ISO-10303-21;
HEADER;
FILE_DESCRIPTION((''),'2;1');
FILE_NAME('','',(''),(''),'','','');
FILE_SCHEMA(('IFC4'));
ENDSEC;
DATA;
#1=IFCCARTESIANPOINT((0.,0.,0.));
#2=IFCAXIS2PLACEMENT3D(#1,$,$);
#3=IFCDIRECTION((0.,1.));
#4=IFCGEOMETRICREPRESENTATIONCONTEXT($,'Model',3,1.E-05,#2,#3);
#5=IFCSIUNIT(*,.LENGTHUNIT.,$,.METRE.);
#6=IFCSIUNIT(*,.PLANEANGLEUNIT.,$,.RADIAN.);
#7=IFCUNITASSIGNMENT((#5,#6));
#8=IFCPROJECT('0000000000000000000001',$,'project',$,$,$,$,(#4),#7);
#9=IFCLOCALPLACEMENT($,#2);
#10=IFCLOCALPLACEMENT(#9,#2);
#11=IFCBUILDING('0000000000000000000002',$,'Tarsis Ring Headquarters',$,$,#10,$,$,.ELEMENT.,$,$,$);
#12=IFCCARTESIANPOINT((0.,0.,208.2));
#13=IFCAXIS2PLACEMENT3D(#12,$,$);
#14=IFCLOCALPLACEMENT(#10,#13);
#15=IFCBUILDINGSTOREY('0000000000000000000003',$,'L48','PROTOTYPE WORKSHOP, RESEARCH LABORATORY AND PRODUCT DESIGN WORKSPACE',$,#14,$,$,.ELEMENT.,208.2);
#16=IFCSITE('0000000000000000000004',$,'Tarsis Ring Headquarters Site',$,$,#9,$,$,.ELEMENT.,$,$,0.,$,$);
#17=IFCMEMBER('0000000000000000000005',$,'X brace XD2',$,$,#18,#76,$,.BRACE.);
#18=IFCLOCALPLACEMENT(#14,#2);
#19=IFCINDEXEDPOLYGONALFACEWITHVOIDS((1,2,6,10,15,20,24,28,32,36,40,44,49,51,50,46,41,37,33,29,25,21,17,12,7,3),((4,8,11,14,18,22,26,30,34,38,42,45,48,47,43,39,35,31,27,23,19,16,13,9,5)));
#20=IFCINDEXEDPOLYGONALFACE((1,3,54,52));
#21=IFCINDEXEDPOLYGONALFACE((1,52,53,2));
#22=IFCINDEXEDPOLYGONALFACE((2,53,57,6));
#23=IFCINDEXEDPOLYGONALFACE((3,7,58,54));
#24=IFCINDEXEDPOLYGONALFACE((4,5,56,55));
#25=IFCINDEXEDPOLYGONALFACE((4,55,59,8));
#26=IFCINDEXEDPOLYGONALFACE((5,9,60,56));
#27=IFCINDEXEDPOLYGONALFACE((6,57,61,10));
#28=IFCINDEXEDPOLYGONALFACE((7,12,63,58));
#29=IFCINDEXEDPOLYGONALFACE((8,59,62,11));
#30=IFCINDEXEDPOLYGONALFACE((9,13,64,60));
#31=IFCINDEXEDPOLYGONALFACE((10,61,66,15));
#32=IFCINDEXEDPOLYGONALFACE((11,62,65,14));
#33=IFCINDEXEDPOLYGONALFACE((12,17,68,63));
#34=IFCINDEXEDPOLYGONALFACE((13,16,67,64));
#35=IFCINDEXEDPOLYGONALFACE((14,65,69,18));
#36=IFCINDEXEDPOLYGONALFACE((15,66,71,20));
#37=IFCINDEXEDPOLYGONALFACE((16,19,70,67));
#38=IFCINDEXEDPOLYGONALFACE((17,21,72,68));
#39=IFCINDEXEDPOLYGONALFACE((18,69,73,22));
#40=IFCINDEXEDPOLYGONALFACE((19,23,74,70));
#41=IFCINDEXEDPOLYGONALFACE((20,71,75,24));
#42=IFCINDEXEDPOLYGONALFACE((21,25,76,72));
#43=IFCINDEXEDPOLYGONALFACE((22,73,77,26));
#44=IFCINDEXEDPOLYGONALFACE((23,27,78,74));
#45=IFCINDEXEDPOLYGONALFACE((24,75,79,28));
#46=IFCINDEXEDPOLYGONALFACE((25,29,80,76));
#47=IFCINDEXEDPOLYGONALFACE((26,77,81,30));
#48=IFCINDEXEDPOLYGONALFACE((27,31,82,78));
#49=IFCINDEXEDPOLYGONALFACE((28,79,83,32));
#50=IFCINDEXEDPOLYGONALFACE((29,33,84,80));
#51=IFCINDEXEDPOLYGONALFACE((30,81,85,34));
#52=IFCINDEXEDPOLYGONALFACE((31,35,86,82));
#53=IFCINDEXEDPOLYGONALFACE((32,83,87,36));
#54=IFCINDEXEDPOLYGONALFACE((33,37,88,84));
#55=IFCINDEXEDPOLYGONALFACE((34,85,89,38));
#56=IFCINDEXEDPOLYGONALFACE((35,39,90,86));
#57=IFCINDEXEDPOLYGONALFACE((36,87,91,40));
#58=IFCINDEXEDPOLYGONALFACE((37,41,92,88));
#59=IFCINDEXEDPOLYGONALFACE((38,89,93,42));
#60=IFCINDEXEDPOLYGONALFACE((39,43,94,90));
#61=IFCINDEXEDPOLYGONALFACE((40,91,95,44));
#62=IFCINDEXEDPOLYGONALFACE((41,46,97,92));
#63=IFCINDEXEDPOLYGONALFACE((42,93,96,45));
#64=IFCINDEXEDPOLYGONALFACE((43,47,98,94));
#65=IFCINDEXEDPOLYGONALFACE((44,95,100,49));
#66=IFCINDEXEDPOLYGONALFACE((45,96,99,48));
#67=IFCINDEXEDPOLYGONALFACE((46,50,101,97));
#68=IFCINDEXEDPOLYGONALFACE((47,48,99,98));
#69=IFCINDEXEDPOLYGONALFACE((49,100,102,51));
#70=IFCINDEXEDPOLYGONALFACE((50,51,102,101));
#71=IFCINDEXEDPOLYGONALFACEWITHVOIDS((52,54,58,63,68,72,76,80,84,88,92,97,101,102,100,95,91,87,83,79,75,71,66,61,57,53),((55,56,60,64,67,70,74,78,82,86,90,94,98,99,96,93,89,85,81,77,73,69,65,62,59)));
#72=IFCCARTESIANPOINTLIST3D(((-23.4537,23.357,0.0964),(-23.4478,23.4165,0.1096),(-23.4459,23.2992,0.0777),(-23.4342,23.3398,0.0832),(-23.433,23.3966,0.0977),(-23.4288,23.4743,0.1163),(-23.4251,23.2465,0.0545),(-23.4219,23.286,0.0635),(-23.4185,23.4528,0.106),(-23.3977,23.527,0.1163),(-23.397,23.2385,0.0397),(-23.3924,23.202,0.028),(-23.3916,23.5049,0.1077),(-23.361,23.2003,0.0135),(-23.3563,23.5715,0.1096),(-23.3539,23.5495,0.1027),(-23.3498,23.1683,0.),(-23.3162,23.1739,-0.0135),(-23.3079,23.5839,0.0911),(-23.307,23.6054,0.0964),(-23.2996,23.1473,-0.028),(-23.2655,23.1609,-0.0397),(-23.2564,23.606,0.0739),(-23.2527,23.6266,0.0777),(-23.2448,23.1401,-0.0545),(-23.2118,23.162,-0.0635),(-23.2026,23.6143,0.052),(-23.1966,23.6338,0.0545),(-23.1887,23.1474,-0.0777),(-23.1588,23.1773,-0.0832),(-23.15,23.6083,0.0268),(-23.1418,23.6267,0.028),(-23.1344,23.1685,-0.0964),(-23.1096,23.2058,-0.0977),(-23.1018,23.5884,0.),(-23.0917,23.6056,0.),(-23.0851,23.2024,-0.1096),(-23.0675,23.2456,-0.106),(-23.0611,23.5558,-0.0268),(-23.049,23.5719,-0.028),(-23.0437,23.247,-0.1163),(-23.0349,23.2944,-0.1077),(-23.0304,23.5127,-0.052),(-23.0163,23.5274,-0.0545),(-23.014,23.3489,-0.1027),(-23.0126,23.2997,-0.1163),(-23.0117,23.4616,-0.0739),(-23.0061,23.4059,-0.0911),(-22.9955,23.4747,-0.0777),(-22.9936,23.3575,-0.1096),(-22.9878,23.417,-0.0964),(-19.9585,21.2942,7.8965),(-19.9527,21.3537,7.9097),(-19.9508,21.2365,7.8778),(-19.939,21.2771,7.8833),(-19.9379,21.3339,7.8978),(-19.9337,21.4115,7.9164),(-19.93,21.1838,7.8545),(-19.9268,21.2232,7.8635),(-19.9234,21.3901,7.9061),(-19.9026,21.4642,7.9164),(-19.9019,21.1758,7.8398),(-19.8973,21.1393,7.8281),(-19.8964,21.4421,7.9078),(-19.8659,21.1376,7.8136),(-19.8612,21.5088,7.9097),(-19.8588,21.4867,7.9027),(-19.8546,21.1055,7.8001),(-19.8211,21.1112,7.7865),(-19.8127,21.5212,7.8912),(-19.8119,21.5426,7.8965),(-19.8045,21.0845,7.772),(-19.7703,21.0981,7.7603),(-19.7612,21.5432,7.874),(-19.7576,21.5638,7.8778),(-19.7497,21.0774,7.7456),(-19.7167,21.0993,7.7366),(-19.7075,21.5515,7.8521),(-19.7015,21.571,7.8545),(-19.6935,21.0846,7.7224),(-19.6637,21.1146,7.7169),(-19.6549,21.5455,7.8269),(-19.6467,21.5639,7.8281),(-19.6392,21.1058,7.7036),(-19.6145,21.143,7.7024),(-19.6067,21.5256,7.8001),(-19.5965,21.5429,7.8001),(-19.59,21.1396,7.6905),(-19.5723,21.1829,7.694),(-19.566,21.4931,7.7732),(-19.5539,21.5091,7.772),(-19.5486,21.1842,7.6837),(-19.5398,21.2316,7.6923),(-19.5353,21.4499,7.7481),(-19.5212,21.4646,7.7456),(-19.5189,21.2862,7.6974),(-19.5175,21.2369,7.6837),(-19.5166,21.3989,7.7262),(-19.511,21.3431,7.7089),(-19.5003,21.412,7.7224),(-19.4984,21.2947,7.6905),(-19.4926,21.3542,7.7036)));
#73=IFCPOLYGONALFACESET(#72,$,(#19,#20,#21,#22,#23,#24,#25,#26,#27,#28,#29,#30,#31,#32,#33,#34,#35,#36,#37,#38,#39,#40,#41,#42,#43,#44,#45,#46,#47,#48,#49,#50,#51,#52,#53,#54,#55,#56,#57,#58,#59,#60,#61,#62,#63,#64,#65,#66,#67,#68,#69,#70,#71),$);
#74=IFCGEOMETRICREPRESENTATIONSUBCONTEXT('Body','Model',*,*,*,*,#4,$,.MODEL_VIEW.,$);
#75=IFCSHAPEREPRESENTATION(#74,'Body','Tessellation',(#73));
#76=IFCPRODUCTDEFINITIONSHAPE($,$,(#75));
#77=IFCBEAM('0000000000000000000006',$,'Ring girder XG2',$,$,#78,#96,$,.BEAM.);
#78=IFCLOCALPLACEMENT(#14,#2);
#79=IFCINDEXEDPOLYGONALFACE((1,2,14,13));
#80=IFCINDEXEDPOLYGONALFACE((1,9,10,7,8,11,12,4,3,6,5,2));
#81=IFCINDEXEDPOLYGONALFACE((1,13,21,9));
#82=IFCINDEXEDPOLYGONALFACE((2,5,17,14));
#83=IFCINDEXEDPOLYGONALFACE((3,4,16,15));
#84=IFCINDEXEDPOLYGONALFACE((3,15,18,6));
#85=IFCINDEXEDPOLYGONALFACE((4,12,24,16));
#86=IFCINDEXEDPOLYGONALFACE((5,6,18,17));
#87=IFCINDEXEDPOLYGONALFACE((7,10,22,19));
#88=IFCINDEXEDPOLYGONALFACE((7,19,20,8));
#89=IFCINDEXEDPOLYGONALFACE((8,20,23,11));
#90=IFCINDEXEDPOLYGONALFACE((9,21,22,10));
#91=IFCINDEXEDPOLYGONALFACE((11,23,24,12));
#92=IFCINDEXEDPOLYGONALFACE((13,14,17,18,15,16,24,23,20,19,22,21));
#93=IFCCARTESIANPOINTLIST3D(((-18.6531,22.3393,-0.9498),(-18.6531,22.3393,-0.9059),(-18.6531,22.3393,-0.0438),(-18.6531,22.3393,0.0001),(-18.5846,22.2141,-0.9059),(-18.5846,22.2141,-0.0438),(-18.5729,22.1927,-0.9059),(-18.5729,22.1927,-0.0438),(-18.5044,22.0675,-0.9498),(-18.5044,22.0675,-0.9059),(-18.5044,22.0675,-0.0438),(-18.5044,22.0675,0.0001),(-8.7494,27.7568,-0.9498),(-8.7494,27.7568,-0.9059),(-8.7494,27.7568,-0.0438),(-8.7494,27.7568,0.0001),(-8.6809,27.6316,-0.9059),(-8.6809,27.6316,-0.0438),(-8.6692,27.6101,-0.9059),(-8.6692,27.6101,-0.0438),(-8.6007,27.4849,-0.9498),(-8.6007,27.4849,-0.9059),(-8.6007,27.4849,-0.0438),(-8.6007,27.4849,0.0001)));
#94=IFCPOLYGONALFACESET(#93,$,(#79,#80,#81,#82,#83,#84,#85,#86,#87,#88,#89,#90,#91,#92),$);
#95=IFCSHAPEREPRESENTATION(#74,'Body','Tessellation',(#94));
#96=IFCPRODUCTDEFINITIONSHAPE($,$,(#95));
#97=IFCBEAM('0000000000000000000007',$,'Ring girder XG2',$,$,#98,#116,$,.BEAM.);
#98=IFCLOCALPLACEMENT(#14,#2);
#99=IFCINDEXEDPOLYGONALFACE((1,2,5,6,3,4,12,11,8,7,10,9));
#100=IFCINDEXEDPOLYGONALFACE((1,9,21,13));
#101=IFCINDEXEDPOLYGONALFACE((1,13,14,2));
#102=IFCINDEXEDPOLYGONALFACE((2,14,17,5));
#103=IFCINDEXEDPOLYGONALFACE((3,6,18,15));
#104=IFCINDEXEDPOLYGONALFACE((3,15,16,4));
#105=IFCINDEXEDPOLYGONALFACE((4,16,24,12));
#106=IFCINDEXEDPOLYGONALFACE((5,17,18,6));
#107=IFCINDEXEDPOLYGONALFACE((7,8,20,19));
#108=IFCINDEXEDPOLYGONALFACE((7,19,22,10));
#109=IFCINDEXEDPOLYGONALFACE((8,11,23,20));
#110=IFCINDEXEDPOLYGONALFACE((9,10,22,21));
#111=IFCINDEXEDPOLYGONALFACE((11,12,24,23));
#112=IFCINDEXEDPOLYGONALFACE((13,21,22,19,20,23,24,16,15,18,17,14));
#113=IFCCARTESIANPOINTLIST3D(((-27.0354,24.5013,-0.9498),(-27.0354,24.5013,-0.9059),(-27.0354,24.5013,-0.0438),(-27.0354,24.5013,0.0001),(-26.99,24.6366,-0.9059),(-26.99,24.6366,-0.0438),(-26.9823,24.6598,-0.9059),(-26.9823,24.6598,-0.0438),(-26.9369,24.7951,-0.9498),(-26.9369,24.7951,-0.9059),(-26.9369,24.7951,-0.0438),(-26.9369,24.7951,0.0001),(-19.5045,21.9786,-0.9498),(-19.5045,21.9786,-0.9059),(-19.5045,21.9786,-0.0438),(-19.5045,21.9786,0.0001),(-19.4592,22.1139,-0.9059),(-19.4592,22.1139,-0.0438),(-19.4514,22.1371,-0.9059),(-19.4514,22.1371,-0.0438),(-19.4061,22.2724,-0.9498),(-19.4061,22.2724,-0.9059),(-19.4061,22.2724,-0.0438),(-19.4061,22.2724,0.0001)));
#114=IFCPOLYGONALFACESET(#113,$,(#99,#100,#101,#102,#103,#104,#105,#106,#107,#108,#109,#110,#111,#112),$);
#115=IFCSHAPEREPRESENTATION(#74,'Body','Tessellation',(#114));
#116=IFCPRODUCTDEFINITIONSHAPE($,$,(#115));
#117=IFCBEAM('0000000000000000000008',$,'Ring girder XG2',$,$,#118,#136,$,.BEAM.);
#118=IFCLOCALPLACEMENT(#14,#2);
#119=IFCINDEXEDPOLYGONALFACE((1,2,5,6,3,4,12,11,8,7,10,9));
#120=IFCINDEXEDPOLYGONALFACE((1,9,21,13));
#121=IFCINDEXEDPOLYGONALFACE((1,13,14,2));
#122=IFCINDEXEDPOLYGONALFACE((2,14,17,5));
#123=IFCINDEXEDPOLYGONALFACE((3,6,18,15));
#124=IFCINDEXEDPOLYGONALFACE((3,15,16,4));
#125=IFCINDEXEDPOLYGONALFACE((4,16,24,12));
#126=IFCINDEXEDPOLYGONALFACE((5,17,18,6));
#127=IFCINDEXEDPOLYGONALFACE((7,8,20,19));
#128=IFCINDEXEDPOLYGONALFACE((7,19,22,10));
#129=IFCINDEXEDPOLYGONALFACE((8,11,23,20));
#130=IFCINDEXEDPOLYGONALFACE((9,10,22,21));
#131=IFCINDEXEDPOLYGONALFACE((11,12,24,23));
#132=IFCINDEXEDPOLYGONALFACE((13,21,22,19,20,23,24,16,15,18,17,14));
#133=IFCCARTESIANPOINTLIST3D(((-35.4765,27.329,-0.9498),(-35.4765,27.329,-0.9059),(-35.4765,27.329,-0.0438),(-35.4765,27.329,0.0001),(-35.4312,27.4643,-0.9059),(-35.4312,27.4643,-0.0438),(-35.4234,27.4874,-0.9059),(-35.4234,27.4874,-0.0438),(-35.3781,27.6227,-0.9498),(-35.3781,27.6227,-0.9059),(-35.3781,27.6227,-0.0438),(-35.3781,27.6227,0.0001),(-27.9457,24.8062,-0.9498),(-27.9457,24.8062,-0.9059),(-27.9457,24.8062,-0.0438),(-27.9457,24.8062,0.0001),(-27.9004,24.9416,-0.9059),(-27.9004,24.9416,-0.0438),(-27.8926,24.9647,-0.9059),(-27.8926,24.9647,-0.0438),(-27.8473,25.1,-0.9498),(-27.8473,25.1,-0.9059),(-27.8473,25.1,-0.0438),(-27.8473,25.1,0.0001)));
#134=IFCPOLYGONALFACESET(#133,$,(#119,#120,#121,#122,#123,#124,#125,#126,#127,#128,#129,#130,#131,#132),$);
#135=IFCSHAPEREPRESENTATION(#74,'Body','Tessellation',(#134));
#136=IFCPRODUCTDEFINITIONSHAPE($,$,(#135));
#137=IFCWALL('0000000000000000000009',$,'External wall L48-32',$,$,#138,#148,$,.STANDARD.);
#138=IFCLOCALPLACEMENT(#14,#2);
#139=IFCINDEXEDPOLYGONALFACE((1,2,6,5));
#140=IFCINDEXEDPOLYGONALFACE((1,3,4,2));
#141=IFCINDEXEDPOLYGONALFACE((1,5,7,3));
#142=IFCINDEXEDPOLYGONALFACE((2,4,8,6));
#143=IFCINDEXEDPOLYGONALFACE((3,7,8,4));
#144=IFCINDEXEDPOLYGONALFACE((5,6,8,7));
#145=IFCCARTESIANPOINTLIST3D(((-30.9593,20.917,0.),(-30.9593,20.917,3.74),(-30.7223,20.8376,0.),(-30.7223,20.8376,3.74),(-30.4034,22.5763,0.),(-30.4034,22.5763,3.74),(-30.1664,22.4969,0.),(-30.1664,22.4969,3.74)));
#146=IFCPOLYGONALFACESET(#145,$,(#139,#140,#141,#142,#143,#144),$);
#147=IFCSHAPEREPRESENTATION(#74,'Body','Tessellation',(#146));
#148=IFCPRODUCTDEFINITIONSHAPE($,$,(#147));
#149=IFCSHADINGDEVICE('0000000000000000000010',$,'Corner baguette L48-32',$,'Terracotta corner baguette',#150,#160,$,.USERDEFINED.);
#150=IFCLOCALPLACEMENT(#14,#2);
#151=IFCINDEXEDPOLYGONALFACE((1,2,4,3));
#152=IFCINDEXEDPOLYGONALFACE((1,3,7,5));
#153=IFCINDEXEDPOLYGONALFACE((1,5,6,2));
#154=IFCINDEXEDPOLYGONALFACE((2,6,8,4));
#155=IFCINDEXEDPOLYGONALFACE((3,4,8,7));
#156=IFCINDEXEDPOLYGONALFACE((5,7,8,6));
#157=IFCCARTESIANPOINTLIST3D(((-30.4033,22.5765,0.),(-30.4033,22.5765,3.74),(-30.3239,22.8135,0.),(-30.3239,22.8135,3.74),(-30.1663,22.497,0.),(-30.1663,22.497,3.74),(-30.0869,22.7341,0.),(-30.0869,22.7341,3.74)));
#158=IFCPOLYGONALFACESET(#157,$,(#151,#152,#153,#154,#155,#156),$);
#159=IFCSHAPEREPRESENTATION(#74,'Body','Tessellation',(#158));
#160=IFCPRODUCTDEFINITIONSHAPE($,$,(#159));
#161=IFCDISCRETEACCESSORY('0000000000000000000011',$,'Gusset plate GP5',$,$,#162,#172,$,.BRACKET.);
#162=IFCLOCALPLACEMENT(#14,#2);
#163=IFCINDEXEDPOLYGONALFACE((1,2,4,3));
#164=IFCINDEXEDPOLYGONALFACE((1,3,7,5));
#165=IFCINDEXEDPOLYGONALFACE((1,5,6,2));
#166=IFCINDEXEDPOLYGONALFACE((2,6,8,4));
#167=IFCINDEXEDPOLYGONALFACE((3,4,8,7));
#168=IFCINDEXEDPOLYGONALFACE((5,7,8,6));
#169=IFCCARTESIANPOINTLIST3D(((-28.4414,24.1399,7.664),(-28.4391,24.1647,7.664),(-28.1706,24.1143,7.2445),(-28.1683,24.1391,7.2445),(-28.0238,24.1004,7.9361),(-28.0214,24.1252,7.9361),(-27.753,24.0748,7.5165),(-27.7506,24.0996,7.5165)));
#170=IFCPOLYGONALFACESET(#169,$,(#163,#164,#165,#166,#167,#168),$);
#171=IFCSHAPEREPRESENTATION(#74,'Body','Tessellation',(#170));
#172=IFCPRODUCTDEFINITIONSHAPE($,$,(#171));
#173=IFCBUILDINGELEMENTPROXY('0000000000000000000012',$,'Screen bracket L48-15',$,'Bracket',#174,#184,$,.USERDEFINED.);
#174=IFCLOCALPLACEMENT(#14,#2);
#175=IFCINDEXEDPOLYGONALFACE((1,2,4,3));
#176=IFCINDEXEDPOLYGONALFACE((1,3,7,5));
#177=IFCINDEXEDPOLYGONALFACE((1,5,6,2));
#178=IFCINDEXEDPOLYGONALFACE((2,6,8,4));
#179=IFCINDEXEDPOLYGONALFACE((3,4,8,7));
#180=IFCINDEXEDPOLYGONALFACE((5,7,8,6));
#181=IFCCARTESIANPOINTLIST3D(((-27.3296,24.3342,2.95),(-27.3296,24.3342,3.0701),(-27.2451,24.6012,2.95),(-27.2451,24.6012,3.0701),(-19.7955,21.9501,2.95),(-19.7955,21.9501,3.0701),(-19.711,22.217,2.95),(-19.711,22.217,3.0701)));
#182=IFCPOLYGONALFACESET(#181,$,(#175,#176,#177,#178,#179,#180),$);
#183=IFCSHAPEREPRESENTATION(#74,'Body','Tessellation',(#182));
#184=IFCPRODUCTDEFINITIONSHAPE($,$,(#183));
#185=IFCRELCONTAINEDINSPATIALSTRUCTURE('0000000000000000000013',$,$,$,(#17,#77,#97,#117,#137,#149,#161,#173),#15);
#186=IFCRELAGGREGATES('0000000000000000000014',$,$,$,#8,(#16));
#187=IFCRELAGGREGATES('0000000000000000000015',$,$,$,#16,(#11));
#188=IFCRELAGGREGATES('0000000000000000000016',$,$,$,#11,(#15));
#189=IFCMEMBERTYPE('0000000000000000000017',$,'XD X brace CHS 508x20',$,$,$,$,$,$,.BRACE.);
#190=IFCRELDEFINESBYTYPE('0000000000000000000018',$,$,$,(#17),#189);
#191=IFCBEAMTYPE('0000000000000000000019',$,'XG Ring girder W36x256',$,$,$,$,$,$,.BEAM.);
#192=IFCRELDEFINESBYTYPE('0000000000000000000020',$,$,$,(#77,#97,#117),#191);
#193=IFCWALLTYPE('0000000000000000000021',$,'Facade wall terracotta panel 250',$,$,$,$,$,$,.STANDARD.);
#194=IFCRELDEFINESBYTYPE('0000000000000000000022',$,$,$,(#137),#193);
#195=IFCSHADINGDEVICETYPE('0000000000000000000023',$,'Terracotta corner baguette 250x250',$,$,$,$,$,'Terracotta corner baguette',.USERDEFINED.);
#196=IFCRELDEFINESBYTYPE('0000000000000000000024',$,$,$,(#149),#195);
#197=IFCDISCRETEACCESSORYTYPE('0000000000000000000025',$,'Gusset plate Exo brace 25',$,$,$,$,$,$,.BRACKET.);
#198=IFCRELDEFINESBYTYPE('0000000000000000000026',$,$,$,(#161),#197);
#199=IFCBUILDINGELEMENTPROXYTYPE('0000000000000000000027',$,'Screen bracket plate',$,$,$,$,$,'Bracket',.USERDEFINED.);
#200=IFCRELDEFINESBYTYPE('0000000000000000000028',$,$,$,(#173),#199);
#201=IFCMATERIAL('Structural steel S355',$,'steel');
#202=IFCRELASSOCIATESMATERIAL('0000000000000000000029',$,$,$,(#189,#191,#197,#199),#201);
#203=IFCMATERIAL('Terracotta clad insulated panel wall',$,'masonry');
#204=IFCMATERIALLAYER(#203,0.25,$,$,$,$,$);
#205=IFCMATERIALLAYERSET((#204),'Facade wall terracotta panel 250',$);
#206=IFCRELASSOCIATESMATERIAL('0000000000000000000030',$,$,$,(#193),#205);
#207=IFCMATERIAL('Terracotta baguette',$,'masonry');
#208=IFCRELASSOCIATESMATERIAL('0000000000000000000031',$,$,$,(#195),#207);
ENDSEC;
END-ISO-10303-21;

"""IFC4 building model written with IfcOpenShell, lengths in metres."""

from ifc_helpers import new_model, si_unit, direction, frame, frame_2d, origin, origin_2d, place, context, subcontext, project, spatial, rectangle, hollow_circle, i_section, extrude, material, layer, layer_set, material_profile, profile_set, type_object, element, save


model = new_model("IFC4")

# Units and contexts
model_context = context("Model", 3, precision=1e-05, world=origin(), true_north=direction((0.0, 1.0)))
body_context = subcontext(model_context, "Body", "Model", "MODEL_VIEW")
ifc_project = project(units=[si_unit("LENGTHUNIT", "METRE"), si_unit("PLANEANGLEUNIT", "RADIAN")], contexts=[model_context])

# Site, building, storey
site_placement = place(None, origin())
site = spatial("IfcSite", under=ifc_project, at=site_placement, Name="Tarsis Ring Headquarters Site", CompositionType="ELEMENT", RefElevation=0.0)
building_placement = place(site_placement, origin())
building = spatial("IfcBuilding", under=site, at=building_placement, Name="Tarsis Ring Headquarters", CompositionType="ELEMENT")
storey_placement = place(building_placement, frame((0.0, 0.0, 208.2)))
storey = spatial("IfcBuildingStorey", under=building, at=storey_placement, Name="L48", Description="PROTOTYPE WORKSHOP, RESEARCH LABORATORY AND PRODUCT DESIGN WORKSPACE", CompositionType="ELEMENT", Elevation=208.2)

# Shared definitions
ifc_material_1 = material(Name="Structural steel S355", Category="steel")

# Shared definitions
ifc_material_profile_1 = material_profile(ifc_material_1, i_section(OverallWidth=0.3098, OverallDepth=0.95, WebThickness=0.0244, FlangeThickness=0.0439, at=origin_2d()), Name="W36x256")
ifc_profile_set_1 = profile_set([ifc_material_profile_1], Name="Structural steel S355")

# Member
ifc_material_profile_2 = material_profile(ifc_material_1, hollow_circle(Radius=0.2539, WallThickness=0.02, at=origin_2d()), Name="CHS 508x20")
ifc_profile_set_2 = profile_set([ifc_material_profile_2], Name="Structural steel S355")
member_type = type_object("IfcMemberType", Name="XD X brace CHS 508x20", PredefinedType="BRACE", material=ifc_profile_set_2)
member_1_placement = place(storey_placement, frame((-23.2207, 23.387, 0.0), z_axis=(0.397502, -0.234597, 0.887105), x_axis=(0.508263, 0.861202, 0.0)))
element("IfcMember", 1, at=member_1_placement, inside=storey, type_object=member_type, Name="X brace XD2", PredefinedType="BRACE", context=body_context, shape_type="SweptSolid", body=[
    extrude(hollow_circle(Radius=0.2539, WallThickness=0.02, at=origin_2d()), origin(), (0.0, 0.0, 1.0), 8.7927),
])

# Beams
beam_type_1 = type_object("IfcBeamType", Name="XG Ring girder W36x256", PredefinedType="BEAM", material=ifc_profile_set_1)
beam_1_placement = place(storey_placement, frame((-8.675, 27.6208, -0.4749), z_axis=(-0.877321, -0.479903, 0.0), x_axis=(0.479903, -0.877321, 0.0)))
element("IfcBeam", 2, at=beam_1_placement, inside=storey, type_object=beam_type_1, Name="Ring girder XG2", PredefinedType="BEAM", context=body_context, shape_type="SweptSolid", body=[
    extrude(i_section(OverallWidth=0.3098, OverallDepth=0.95, WebThickness=0.0244, FlangeThickness=0.0439, at=origin_2d()), origin(), (0.0, 0.0, 1.0), 11.2886),
])
for number, where, z_axis, x_axis, name in (
    (3, (-19.4553, 22.1255, -0.4749), (-0.948212, 0.317638, 0.0), (-0.317638, -0.948212, 0.0), "Ring girder XG2"),
    (4, (-27.8965, 24.9531, -0.4749), (-0.948212, 0.317638, 0.0), (-0.317638, -0.948212, 0.0), "Ring girder XG2"),
):
    element("IfcBeam", number, at=place(storey_placement, frame(where, z_axis=z_axis, x_axis=x_axis)), inside=storey, type_object=beam_type_1, Name=name, PredefinedType="BEAM", context=body_context, shape_type="SweptSolid", body=[
        extrude(i_section(OverallWidth=0.3098, OverallDepth=0.95, WebThickness=0.0244, FlangeThickness=0.0439, at=origin_2d()), origin(), (0.0, 0.0, 1.0), 7.9421),
    ])

# Wall
ifc_material_2 = material(Name="Terracotta clad insulated panel wall", Category="masonry")
ifc_layer = layer(ifc_material_2, 0.25)
ifc_layer_set = layer_set([ifc_layer], Name="Facade wall terracotta panel 250")
wall_type = type_object("IfcWallType", Name="Facade wall terracotta panel 250", PredefinedType="STANDARD", material=ifc_layer_set)
wall_placement = place(storey_placement, frame((-30.2849, 22.5366, 0.0), z_axis=(0.0, 0.0, 1.0), x_axis=(-0.31765, -0.948208, 0.0)))
element("IfcWall", 5, at=wall_placement, inside=storey, type_object=wall_type, Name="External wall L48-32", PredefinedType="STANDARD", context=body_context, shape_type="SweptSolid", body=[
    extrude(rectangle(XDim=1.75, YDim=0.25, at=frame_2d((0.875, 0.0))), origin(), (0.0, 0.0, 1.0), 3.74),
])

# Shading device
ifc_material_3 = material(Name="Terracotta baguette", Category="masonry")
shading_device_type_1 = type_object("IfcShadingDeviceType", Name="Terracotta corner baguette 250x250", ElementType="Terracotta corner baguette", PredefinedType="USERDEFINED", material=ifc_material_3)
shading_device_1_placement = place(storey_placement, frame((-30.2451, 22.6553, 0.0), z_axis=(0.0, 0.0, 1.0), x_axis=(-0.948213, 0.317636, 0.0)))
element("IfcShadingDevice", 6, at=shading_device_1_placement, inside=storey, type_object=shading_device_type_1, Name="Corner baguette L48-32", ObjectType="Terracotta corner baguette", PredefinedType="USERDEFINED", context=body_context, shape_type="SweptSolid", body=[
    extrude(rectangle(XDim=0.25, YDim=0.25, at=origin_2d()), origin(), (0.0, 0.0, 1.0), 3.74),
])

# Discrete accessory
ifc_material_profile_3 = material_profile(ifc_material_1, rectangle(XDim=0.0249, YDim=0.5, at=origin_2d()), Name="PL 25x500")
ifc_profile_set_3 = profile_set([ifc_material_profile_3], Name="Structural steel S355")
discrete_accessory_type = type_object("IfcDiscreteAccessoryType", Name="Gusset plate Exo brace 25", PredefinedType="BRACKET", material=ifc_profile_set_3)
discrete_accessory_placement = place(storey_placement, frame((-28.2314, 24.1326, 7.8), z_axis=(0.541625, -0.051281, -0.839055), x_axis=(0.094258, 0.995548, 0.0)))
element("IfcDiscreteAccessory", 7, at=discrete_accessory_placement, inside=storey, type_object=discrete_accessory_type, Name="Gusset plate GP5", PredefinedType="BRACKET", context=body_context, shape_type="SweptSolid", body=[
    extrude(rectangle(XDim=0.0249, YDim=0.5, at=origin_2d()), origin(), (0.0, 0.0, 1.0), 0.5),
])

# Building element proxy
building_element_proxy_type = type_object("IfcBuildingElementProxyType", Name="Screen bracket plate", ElementType="Bracket", PredefinedType="USERDEFINED", material=ifc_material_1)
proxy_placement = place(storey_placement, frame((-23.5203, 23.2756, 2.95), z_axis=(0.0, 0.0, 1.0), x_axis=(-0.953402, 0.301704, 0.0)))
element("IfcBuildingElementProxy", 8, at=proxy_placement, inside=storey, type_object=building_element_proxy_type, Name="Screen bracket L48-15", ObjectType="Bracket", PredefinedType="USERDEFINED", context=body_context, shape_type="SweptSolid", body=[
    extrude(rectangle(XDim=7.9023, YDim=0.28, at=origin_2d()), origin(), (0.0, 0.0, 1.0), 0.1201),
])

save(model, "model.ifc")
